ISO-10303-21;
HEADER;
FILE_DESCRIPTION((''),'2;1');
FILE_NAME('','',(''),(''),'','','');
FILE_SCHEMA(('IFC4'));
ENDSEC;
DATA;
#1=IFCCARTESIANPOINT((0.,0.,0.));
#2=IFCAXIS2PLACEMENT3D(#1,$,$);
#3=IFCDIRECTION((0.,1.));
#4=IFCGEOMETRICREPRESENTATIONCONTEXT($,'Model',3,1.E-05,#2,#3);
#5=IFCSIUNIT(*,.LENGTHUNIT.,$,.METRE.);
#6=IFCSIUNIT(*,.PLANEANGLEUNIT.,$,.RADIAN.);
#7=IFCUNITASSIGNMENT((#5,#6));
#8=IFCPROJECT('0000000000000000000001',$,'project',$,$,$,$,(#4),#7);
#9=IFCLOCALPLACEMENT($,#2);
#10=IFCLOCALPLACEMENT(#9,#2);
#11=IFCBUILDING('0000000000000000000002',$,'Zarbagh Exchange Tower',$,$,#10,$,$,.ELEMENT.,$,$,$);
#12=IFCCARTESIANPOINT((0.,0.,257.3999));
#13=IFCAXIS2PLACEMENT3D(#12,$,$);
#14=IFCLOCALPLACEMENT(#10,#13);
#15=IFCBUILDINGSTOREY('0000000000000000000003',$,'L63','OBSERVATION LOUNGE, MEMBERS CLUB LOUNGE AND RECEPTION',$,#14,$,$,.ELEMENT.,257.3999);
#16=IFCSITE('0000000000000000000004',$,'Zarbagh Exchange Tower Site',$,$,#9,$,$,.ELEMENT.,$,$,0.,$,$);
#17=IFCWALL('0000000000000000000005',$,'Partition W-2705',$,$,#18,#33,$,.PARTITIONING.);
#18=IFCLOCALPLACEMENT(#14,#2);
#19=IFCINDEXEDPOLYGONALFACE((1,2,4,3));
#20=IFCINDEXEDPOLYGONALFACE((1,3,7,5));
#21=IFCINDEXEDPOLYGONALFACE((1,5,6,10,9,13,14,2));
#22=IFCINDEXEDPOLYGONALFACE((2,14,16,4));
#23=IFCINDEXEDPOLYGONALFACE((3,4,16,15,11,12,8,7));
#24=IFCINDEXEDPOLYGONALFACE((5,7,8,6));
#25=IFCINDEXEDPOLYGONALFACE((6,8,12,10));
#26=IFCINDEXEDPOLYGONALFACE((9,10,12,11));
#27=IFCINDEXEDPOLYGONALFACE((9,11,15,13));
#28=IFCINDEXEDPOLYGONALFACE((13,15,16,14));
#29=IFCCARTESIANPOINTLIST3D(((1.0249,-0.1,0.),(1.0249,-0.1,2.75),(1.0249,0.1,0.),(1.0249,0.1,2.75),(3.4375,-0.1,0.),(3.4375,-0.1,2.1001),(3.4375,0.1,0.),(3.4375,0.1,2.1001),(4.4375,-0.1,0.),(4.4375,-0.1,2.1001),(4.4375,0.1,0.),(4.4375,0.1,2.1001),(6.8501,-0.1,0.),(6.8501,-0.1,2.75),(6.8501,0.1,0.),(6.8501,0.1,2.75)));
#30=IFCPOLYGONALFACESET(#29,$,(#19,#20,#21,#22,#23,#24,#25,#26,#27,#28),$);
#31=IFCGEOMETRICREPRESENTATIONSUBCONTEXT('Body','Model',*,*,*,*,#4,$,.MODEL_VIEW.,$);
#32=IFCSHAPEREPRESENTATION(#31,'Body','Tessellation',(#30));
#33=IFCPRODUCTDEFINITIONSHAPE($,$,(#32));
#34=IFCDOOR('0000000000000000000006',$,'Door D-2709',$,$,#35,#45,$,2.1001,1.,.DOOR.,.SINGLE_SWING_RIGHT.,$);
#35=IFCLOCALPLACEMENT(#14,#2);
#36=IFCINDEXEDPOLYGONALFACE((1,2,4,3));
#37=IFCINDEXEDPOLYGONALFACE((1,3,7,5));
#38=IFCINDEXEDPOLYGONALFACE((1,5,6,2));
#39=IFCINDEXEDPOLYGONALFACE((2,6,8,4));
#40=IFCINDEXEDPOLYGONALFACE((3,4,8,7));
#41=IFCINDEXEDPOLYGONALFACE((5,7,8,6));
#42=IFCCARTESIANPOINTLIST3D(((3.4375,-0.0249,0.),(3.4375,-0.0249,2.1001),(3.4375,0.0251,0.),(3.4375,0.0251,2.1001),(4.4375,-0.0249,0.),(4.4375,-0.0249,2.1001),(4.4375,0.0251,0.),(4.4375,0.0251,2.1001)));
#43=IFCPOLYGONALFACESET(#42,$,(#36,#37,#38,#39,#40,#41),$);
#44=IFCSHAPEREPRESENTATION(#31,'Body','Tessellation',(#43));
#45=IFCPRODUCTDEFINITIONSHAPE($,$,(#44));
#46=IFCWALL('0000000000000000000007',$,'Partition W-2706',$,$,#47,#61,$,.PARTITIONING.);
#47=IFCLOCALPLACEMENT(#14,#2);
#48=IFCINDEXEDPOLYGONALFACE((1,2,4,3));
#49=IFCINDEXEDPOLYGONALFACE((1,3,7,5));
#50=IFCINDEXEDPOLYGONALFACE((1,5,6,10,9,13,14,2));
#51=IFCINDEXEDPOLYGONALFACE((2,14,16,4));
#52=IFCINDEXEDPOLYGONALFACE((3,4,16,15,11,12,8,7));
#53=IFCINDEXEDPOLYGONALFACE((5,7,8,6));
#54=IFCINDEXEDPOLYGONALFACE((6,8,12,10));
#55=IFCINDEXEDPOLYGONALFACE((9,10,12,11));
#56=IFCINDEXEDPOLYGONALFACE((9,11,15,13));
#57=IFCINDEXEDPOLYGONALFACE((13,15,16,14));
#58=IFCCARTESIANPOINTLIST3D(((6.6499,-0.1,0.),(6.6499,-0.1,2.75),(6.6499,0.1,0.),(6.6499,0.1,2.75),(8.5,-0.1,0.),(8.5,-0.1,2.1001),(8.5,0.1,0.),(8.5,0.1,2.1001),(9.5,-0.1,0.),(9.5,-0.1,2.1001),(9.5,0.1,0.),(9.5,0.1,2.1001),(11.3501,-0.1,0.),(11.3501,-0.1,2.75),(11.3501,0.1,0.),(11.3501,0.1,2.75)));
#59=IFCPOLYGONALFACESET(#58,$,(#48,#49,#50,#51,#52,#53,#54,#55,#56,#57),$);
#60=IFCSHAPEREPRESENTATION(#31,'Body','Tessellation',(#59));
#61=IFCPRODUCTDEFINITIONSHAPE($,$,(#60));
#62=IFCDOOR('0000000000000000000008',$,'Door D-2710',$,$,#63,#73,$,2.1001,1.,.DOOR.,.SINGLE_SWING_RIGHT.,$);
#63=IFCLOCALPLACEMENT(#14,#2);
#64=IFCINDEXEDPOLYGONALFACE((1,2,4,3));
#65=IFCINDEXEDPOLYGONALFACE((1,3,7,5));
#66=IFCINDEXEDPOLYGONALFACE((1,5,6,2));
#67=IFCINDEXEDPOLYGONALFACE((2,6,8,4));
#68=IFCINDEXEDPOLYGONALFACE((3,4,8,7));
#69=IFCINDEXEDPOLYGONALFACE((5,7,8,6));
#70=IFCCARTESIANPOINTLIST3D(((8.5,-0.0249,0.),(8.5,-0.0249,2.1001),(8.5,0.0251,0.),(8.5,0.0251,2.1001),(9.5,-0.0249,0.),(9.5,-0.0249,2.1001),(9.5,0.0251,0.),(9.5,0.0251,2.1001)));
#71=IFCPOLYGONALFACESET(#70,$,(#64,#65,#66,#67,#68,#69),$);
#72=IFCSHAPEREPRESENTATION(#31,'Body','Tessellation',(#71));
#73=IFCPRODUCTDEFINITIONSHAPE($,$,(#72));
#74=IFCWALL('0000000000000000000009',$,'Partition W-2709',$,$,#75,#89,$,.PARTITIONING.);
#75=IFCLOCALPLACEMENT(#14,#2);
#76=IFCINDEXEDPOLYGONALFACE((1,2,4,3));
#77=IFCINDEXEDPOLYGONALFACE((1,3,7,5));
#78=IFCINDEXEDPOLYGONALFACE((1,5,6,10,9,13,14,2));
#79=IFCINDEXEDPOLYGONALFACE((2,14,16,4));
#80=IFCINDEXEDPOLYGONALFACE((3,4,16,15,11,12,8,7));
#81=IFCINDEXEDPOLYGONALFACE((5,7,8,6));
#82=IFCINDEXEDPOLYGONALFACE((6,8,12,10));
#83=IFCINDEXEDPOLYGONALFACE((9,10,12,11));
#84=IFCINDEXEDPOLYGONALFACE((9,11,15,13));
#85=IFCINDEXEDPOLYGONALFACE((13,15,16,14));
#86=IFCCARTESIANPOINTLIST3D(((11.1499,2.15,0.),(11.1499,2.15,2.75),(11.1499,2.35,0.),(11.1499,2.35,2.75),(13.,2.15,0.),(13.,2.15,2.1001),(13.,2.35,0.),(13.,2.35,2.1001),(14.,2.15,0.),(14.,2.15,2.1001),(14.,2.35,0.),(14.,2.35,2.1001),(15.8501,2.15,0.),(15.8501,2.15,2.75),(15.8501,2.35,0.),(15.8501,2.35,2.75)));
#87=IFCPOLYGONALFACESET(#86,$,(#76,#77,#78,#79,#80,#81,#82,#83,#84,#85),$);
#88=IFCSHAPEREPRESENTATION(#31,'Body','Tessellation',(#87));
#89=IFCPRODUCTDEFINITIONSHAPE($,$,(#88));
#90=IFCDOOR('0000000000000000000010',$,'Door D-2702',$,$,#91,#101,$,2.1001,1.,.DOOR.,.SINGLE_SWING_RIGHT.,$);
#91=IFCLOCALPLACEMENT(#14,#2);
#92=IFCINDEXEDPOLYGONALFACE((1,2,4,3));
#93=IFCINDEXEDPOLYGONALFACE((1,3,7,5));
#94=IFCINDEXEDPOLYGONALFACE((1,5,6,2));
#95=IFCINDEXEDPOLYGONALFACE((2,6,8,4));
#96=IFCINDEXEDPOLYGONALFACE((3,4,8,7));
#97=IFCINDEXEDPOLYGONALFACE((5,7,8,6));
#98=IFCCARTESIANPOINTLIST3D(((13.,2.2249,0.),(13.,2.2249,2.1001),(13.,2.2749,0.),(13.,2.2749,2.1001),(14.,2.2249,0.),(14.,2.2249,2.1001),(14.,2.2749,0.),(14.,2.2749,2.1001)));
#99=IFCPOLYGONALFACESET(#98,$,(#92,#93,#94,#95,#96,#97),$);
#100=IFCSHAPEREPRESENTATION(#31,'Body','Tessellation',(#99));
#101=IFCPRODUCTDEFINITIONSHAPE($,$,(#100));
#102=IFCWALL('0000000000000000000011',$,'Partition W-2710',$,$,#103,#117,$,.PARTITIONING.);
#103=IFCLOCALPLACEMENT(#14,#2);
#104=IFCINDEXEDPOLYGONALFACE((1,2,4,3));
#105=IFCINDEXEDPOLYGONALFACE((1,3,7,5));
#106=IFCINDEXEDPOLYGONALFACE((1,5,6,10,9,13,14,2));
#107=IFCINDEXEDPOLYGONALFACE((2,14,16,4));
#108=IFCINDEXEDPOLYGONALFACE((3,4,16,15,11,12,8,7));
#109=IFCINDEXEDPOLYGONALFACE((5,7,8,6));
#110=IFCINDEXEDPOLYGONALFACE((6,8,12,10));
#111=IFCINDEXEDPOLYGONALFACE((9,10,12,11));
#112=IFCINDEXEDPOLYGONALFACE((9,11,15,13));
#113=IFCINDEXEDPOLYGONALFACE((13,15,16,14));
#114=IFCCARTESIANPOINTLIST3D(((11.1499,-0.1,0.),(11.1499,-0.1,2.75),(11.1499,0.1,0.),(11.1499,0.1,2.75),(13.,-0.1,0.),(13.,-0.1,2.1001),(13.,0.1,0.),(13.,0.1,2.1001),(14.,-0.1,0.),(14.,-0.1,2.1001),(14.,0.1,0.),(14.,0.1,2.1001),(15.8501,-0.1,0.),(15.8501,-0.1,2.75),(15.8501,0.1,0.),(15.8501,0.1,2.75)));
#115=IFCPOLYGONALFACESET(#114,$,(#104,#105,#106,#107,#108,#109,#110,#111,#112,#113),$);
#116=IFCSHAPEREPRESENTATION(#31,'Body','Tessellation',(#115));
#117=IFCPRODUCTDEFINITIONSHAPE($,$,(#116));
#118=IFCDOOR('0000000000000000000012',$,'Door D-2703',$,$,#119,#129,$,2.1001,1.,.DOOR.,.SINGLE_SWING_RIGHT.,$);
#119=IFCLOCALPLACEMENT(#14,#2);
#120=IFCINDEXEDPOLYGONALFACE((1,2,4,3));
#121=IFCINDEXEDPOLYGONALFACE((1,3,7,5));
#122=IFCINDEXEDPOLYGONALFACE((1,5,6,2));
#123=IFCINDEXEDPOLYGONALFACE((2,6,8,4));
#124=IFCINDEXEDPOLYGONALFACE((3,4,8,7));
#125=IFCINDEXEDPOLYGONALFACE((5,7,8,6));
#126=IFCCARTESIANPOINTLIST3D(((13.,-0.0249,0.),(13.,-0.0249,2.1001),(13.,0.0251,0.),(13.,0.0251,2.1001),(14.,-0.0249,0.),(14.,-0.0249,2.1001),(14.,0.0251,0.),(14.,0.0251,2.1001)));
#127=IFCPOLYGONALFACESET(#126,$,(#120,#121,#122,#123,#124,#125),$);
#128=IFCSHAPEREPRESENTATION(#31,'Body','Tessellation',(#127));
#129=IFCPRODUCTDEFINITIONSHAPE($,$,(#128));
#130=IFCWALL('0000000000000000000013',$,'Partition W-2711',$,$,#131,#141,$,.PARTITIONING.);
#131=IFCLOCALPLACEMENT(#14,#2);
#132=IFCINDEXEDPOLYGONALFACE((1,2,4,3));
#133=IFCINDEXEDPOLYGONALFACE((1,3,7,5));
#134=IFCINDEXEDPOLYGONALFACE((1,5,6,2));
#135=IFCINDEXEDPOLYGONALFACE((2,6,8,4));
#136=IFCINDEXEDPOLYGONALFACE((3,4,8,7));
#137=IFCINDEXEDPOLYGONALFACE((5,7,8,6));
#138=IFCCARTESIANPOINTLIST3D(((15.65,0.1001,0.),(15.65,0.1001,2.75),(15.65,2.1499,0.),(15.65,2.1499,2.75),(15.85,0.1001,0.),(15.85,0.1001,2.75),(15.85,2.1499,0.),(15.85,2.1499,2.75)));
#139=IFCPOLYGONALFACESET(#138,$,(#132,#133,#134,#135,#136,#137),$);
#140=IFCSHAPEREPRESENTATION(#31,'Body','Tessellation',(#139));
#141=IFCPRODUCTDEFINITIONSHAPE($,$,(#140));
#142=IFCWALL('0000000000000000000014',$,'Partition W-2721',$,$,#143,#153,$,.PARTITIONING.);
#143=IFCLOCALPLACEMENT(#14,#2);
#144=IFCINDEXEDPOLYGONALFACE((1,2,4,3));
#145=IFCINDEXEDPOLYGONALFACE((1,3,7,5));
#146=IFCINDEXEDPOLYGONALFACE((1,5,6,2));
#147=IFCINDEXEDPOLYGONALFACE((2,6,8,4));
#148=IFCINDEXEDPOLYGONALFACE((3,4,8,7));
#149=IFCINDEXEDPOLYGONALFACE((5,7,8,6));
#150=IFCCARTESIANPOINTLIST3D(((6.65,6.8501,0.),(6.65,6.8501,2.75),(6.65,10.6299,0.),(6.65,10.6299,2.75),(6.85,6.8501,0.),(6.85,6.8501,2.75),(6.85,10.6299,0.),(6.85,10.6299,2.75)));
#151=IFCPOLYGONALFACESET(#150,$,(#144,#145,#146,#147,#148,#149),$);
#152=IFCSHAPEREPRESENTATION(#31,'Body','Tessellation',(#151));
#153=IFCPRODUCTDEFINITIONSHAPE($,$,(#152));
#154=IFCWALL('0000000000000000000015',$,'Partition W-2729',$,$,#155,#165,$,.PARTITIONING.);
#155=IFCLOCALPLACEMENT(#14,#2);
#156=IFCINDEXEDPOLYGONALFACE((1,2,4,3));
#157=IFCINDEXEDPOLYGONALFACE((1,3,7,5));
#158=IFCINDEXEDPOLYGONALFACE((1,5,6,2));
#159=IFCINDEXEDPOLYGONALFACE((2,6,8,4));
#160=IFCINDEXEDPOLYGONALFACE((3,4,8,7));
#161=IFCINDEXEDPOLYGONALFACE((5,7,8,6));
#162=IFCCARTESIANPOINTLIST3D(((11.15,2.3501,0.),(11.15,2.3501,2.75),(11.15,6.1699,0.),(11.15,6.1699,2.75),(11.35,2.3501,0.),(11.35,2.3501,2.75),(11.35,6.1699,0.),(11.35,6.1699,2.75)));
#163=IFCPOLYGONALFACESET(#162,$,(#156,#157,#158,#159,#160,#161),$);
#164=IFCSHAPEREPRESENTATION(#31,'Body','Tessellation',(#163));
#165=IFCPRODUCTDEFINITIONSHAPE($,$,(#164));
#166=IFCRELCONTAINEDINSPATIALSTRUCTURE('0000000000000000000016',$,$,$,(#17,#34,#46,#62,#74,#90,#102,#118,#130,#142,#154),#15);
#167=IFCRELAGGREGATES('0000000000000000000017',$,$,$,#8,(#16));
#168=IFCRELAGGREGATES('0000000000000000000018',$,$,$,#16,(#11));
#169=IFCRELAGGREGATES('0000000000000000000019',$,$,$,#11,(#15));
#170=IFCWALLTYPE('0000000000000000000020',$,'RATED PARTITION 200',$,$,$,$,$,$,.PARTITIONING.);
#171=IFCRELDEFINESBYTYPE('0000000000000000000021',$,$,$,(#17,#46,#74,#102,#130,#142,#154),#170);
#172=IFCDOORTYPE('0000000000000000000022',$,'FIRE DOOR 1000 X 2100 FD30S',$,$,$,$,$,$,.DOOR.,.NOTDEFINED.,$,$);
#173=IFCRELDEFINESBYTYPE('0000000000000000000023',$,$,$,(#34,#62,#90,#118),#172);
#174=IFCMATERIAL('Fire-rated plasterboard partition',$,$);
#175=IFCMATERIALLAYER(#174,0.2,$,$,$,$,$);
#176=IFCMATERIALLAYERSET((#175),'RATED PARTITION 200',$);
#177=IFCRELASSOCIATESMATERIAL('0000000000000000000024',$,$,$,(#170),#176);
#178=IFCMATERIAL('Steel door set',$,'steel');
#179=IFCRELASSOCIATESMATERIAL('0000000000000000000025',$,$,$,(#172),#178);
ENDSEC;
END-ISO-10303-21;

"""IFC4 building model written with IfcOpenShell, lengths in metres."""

from ifc_helpers import new_model, si_unit, direction, frame, frame_2d, origin, place, context, subcontext, project, spatial, rectangle, extrude, material, layer, layer_set, type_object, element, fill, save


model = new_model("IFC4")

# Units and contexts
model_context = context("Model", 3, precision=1e-05, world=origin(), true_north=direction((0.0, 1.0)))
body_context = subcontext(model_context, "Body", "Model", "MODEL_VIEW")
ifc_project = project(units=[si_unit("LENGTHUNIT", "METRE"), si_unit("PLANEANGLEUNIT", "RADIAN")], contexts=[model_context])

# Site, building, storey
site_placement = place(None, origin())
site = spatial("IfcSite", under=ifc_project, at=site_placement, Name="Zarbagh Exchange Tower Site", CompositionType="ELEMENT", RefElevation=0.0)
building_placement = place(site_placement, origin())
building = spatial("IfcBuilding", under=site, at=building_placement, Name="Zarbagh Exchange Tower", CompositionType="ELEMENT")
storey_placement = place(building_placement, frame((0.0, 0.0, 257.3999)))
storey = spatial("IfcBuildingStorey", under=building, at=storey_placement, Name="L63", Description="OBSERVATION LOUNGE, MEMBERS CLUB LOUNGE AND RECEPTION", CompositionType="ELEMENT", Elevation=257.3999)

# Walls, openings, doors
ifc_material_1 = material(Name="Fire-rated plasterboard partition")
ifc_layer = layer(ifc_material_1, 0.2)
ifc_layer_set = layer_set([ifc_layer], Name="RATED PARTITION 200")
wall_type = type_object("IfcWallType", Name="RATED PARTITION 200", PredefinedType="PARTITIONING", material=ifc_layer_set)
wall_1_placement = place(storey_placement, frame((6.8501, 0.0, 0.0), z_axis=(0.0, 0.0, 1.0), x_axis=(-1.0, 0.0, 0.0)))
wall_1 = element("IfcWall", 1, at=wall_1_placement, inside=storey, type_object=wall_type, Name="Partition W-2705", PredefinedType="PARTITIONING", context=body_context, shape_type="SweptSolid", body=[
    extrude(rectangle(XDim=5.8252, YDim=0.2, at=frame_2d((2.9126, 0.0))), origin(), (0.0, 0.0, 1.0), 2.75),
])
opening_1_placement = place(wall_1_placement, frame((2.4126, 0.0, 0.0)))
opening_1 = element("IfcOpeningElement", 2, at=opening_1_placement, cuts=wall_1, PredefinedType="OPENING", context=body_context, shape_type="SweptSolid", body=[
    extrude(rectangle(XDim=1.0, YDim=2.1001, at=frame_2d((0.5, 1.05))), frame((0.0, 0.1099, 0.0), z_axis=(0.0, -1.0, 0.0), x_axis=(1.0, 0.0, 0.0)), (0.0, 0.0, 1.0), 0.22),
])
ifc_material_2 = material(Name="Steel door set", Category="steel")
door_type_1 = type_object("IfcDoorType", Name="FIRE DOOR 1000 X 2100 FD30S", OperationType="NOTDEFINED", PredefinedType="DOOR", material=ifc_material_2)
door_1_placement = place(opening_1_placement, origin())
door_1 = element("IfcDoor", 3, at=door_1_placement, inside=storey, type_object=door_type_1, Name="Door D-2709", OperationType="SINGLE_SWING_RIGHT", OverallHeight=2.1001, OverallWidth=1.0, PredefinedType="DOOR", context=body_context, shape_type="SweptSolid", body=[
    extrude(rectangle(XDim=1.0, YDim=2.1001, at=frame_2d((0.5, 1.05))), frame((0.0, 0.0249, 0.0), z_axis=(0.0, -1.0, 0.0), x_axis=(1.0, 0.0, 0.0)), (0.0, 0.0, 1.0), 0.05),
])
fill(opening_1, door_1)
wall_2_placement = place(storey_placement, frame((11.3501, 0.0, 0.0), z_axis=(0.0, 0.0, 1.0), x_axis=(-1.0, 0.0, 0.0)))
wall_2 = element("IfcWall", 4, at=wall_2_placement, inside=storey, type_object=wall_type, Name="Partition W-2706", PredefinedType="PARTITIONING", context=body_context, shape_type="SweptSolid", body=[
    extrude(rectangle(XDim=4.7002, YDim=0.2, at=frame_2d((2.3501, 0.0))), origin(), (0.0, 0.0, 1.0), 2.75),
])
opening_2_placement = place(wall_2_placement, frame((1.8501, 0.0, 0.0)))
opening_2 = element("IfcOpeningElement", 5, at=opening_2_placement, cuts=wall_2, PredefinedType="OPENING", context=body_context, shape_type="SweptSolid", body=[
    extrude(rectangle(XDim=1.0, YDim=2.1001, at=frame_2d((0.5, 1.05))), frame((0.0, 0.1099, 0.0), z_axis=(0.0, -1.0, 0.0), x_axis=(1.0, 0.0, 0.0)), (0.0, 0.0, 1.0), 0.22),
])
door_2_placement = place(opening_2_placement, origin())
door_2 = element("IfcDoor", 6, at=door_2_placement, inside=storey, type_object=door_type_1, Name="Door D-2710", OperationType="SINGLE_SWING_RIGHT", OverallHeight=2.1001, OverallWidth=1.0, PredefinedType="DOOR", context=body_context, shape_type="SweptSolid", body=[
    extrude(rectangle(XDim=1.0, YDim=2.1001, at=frame_2d((0.5, 1.05))), frame((0.0, 0.0249, 0.0), z_axis=(0.0, -1.0, 0.0), x_axis=(1.0, 0.0, 0.0)), (0.0, 0.0, 1.0), 0.05),
])
fill(opening_2, door_2)
wall_3_placement = place(storey_placement, frame((11.1499, 2.25, 0.0), z_axis=(0.0, 0.0, 1.0), x_axis=(1.0, 0.0, 0.0)))
wall_3 = element("IfcWall", 7, at=wall_3_placement, inside=storey, type_object=wall_type, Name="Partition W-2709", PredefinedType="PARTITIONING", context=body_context, shape_type="SweptSolid", body=[
    extrude(rectangle(XDim=4.7002, YDim=0.2, at=frame_2d((2.3501, 0.0))), origin(), (0.0, 0.0, 1.0), 2.75),
])
opening_3_placement = place(wall_3_placement, frame((1.8501, 0.0, 0.0)))
opening_3 = element("IfcOpeningElement", 8, at=opening_3_placement, cuts=wall_3, PredefinedType="OPENING", context=body_context, shape_type="SweptSolid", body=[
    extrude(rectangle(XDim=1.0, YDim=2.1001, at=frame_2d((0.5, 1.05))), frame((0.0, 0.1099, 0.0), z_axis=(0.0, -1.0, 0.0), x_axis=(1.0, 0.0, 0.0)), (0.0, 0.0, 1.0), 0.22),
])
door_3_placement = place(opening_3_placement, origin())
door_3 = element("IfcDoor", 9, at=door_3_placement, inside=storey, type_object=door_type_1, Name="Door D-2702", OperationType="SINGLE_SWING_RIGHT", OverallHeight=2.1001, OverallWidth=1.0, PredefinedType="DOOR", context=body_context, shape_type="SweptSolid", body=[
    extrude(rectangle(XDim=1.0, YDim=2.1001, at=frame_2d((0.5, 1.05))), frame((0.0, 0.0249, 0.0), z_axis=(0.0, -1.0, 0.0), x_axis=(1.0, 0.0, 0.0)), (0.0, 0.0, 1.0), 0.05),
])
fill(opening_3, door_3)
wall_4_placement = place(storey_placement, frame((15.8501, 0.0, 0.0), z_axis=(0.0, 0.0, 1.0), x_axis=(-1.0, 0.0, 0.0)))
wall_4 = element("IfcWall", 10, at=wall_4_placement, inside=storey, type_object=wall_type, Name="Partition W-2710", PredefinedType="PARTITIONING", context=body_context, shape_type="SweptSolid", body=[
    extrude(rectangle(XDim=4.7002, YDim=0.2, at=frame_2d((2.3501, 0.0))), origin(), (0.0, 0.0, 1.0), 2.75),
])
opening_4_placement = place(wall_4_placement, frame((1.8501, 0.0, 0.0)))
opening_4 = element("IfcOpeningElement", 11, at=opening_4_placement, cuts=wall_4, PredefinedType="OPENING", context=body_context, shape_type="SweptSolid", body=[
    extrude(rectangle(XDim=1.0, YDim=2.1001, at=frame_2d((0.5, 1.05))), frame((0.0, 0.1099, 0.0), z_axis=(0.0, -1.0, 0.0), x_axis=(1.0, 0.0, 0.0)), (0.0, 0.0, 1.0), 0.22),
])
door_4_placement = place(opening_4_placement, origin())
door_4 = element("IfcDoor", 12, at=door_4_placement, inside=storey, type_object=door_type_1, Name="Door D-2703", OperationType="SINGLE_SWING_RIGHT", OverallHeight=2.1001, OverallWidth=1.0, PredefinedType="DOOR", context=body_context, shape_type="SweptSolid", body=[
    extrude(rectangle(XDim=1.0, YDim=2.1001, at=frame_2d((0.5, 1.05))), frame((0.0, 0.0249, 0.0), z_axis=(0.0, -1.0, 0.0), x_axis=(1.0, 0.0, 0.0)), (0.0, 0.0, 1.0), 0.05),
])
fill(opening_4, door_4)

# Walls
wall_5_placement = place(storey_placement, frame((15.75, 0.1001, 0.0), z_axis=(0.0, 0.0, 1.0), x_axis=(0.0, 1.0, 0.0)))
element("IfcWall", 13, at=wall_5_placement, inside=storey, type_object=wall_type, Name="Partition W-2711", PredefinedType="PARTITIONING", context=body_context, shape_type="SweptSolid", body=[
    extrude(rectangle(XDim=2.0498, YDim=0.2, at=frame_2d((1.0249, 0.0))), origin(), (0.0, 0.0, 1.0), 2.75),
])
wall_6_placement = place(storey_placement, frame((6.75, 6.8501, 0.0), z_axis=(0.0, 0.0, 1.0), x_axis=(0.0, 1.0, 0.0)))
element("IfcWall", 14, at=wall_6_placement, inside=storey, type_object=wall_type, Name="Partition W-2721", PredefinedType="PARTITIONING", context=body_context, shape_type="SweptSolid", body=[
    extrude(rectangle(XDim=3.7798, YDim=0.2, at=frame_2d((1.8899, 0.0))), origin(), (0.0, 0.0, 1.0), 2.75),
])
wall_7_placement = place(storey_placement, frame((11.25, 2.3501, 0.0), z_axis=(0.0, 0.0, 1.0), x_axis=(0.0, 1.0, 0.0)))
element("IfcWall", 15, at=wall_7_placement, inside=storey, type_object=wall_type, Name="Partition W-2729", PredefinedType="PARTITIONING", context=body_context, shape_type="SweptSolid", body=[
    extrude(rectangle(XDim=3.8198, YDim=0.2, at=frame_2d((1.9099, 0.0))), origin(), (0.0, 0.0, 1.0), 2.75),
])

save(model, "model.ifc")
